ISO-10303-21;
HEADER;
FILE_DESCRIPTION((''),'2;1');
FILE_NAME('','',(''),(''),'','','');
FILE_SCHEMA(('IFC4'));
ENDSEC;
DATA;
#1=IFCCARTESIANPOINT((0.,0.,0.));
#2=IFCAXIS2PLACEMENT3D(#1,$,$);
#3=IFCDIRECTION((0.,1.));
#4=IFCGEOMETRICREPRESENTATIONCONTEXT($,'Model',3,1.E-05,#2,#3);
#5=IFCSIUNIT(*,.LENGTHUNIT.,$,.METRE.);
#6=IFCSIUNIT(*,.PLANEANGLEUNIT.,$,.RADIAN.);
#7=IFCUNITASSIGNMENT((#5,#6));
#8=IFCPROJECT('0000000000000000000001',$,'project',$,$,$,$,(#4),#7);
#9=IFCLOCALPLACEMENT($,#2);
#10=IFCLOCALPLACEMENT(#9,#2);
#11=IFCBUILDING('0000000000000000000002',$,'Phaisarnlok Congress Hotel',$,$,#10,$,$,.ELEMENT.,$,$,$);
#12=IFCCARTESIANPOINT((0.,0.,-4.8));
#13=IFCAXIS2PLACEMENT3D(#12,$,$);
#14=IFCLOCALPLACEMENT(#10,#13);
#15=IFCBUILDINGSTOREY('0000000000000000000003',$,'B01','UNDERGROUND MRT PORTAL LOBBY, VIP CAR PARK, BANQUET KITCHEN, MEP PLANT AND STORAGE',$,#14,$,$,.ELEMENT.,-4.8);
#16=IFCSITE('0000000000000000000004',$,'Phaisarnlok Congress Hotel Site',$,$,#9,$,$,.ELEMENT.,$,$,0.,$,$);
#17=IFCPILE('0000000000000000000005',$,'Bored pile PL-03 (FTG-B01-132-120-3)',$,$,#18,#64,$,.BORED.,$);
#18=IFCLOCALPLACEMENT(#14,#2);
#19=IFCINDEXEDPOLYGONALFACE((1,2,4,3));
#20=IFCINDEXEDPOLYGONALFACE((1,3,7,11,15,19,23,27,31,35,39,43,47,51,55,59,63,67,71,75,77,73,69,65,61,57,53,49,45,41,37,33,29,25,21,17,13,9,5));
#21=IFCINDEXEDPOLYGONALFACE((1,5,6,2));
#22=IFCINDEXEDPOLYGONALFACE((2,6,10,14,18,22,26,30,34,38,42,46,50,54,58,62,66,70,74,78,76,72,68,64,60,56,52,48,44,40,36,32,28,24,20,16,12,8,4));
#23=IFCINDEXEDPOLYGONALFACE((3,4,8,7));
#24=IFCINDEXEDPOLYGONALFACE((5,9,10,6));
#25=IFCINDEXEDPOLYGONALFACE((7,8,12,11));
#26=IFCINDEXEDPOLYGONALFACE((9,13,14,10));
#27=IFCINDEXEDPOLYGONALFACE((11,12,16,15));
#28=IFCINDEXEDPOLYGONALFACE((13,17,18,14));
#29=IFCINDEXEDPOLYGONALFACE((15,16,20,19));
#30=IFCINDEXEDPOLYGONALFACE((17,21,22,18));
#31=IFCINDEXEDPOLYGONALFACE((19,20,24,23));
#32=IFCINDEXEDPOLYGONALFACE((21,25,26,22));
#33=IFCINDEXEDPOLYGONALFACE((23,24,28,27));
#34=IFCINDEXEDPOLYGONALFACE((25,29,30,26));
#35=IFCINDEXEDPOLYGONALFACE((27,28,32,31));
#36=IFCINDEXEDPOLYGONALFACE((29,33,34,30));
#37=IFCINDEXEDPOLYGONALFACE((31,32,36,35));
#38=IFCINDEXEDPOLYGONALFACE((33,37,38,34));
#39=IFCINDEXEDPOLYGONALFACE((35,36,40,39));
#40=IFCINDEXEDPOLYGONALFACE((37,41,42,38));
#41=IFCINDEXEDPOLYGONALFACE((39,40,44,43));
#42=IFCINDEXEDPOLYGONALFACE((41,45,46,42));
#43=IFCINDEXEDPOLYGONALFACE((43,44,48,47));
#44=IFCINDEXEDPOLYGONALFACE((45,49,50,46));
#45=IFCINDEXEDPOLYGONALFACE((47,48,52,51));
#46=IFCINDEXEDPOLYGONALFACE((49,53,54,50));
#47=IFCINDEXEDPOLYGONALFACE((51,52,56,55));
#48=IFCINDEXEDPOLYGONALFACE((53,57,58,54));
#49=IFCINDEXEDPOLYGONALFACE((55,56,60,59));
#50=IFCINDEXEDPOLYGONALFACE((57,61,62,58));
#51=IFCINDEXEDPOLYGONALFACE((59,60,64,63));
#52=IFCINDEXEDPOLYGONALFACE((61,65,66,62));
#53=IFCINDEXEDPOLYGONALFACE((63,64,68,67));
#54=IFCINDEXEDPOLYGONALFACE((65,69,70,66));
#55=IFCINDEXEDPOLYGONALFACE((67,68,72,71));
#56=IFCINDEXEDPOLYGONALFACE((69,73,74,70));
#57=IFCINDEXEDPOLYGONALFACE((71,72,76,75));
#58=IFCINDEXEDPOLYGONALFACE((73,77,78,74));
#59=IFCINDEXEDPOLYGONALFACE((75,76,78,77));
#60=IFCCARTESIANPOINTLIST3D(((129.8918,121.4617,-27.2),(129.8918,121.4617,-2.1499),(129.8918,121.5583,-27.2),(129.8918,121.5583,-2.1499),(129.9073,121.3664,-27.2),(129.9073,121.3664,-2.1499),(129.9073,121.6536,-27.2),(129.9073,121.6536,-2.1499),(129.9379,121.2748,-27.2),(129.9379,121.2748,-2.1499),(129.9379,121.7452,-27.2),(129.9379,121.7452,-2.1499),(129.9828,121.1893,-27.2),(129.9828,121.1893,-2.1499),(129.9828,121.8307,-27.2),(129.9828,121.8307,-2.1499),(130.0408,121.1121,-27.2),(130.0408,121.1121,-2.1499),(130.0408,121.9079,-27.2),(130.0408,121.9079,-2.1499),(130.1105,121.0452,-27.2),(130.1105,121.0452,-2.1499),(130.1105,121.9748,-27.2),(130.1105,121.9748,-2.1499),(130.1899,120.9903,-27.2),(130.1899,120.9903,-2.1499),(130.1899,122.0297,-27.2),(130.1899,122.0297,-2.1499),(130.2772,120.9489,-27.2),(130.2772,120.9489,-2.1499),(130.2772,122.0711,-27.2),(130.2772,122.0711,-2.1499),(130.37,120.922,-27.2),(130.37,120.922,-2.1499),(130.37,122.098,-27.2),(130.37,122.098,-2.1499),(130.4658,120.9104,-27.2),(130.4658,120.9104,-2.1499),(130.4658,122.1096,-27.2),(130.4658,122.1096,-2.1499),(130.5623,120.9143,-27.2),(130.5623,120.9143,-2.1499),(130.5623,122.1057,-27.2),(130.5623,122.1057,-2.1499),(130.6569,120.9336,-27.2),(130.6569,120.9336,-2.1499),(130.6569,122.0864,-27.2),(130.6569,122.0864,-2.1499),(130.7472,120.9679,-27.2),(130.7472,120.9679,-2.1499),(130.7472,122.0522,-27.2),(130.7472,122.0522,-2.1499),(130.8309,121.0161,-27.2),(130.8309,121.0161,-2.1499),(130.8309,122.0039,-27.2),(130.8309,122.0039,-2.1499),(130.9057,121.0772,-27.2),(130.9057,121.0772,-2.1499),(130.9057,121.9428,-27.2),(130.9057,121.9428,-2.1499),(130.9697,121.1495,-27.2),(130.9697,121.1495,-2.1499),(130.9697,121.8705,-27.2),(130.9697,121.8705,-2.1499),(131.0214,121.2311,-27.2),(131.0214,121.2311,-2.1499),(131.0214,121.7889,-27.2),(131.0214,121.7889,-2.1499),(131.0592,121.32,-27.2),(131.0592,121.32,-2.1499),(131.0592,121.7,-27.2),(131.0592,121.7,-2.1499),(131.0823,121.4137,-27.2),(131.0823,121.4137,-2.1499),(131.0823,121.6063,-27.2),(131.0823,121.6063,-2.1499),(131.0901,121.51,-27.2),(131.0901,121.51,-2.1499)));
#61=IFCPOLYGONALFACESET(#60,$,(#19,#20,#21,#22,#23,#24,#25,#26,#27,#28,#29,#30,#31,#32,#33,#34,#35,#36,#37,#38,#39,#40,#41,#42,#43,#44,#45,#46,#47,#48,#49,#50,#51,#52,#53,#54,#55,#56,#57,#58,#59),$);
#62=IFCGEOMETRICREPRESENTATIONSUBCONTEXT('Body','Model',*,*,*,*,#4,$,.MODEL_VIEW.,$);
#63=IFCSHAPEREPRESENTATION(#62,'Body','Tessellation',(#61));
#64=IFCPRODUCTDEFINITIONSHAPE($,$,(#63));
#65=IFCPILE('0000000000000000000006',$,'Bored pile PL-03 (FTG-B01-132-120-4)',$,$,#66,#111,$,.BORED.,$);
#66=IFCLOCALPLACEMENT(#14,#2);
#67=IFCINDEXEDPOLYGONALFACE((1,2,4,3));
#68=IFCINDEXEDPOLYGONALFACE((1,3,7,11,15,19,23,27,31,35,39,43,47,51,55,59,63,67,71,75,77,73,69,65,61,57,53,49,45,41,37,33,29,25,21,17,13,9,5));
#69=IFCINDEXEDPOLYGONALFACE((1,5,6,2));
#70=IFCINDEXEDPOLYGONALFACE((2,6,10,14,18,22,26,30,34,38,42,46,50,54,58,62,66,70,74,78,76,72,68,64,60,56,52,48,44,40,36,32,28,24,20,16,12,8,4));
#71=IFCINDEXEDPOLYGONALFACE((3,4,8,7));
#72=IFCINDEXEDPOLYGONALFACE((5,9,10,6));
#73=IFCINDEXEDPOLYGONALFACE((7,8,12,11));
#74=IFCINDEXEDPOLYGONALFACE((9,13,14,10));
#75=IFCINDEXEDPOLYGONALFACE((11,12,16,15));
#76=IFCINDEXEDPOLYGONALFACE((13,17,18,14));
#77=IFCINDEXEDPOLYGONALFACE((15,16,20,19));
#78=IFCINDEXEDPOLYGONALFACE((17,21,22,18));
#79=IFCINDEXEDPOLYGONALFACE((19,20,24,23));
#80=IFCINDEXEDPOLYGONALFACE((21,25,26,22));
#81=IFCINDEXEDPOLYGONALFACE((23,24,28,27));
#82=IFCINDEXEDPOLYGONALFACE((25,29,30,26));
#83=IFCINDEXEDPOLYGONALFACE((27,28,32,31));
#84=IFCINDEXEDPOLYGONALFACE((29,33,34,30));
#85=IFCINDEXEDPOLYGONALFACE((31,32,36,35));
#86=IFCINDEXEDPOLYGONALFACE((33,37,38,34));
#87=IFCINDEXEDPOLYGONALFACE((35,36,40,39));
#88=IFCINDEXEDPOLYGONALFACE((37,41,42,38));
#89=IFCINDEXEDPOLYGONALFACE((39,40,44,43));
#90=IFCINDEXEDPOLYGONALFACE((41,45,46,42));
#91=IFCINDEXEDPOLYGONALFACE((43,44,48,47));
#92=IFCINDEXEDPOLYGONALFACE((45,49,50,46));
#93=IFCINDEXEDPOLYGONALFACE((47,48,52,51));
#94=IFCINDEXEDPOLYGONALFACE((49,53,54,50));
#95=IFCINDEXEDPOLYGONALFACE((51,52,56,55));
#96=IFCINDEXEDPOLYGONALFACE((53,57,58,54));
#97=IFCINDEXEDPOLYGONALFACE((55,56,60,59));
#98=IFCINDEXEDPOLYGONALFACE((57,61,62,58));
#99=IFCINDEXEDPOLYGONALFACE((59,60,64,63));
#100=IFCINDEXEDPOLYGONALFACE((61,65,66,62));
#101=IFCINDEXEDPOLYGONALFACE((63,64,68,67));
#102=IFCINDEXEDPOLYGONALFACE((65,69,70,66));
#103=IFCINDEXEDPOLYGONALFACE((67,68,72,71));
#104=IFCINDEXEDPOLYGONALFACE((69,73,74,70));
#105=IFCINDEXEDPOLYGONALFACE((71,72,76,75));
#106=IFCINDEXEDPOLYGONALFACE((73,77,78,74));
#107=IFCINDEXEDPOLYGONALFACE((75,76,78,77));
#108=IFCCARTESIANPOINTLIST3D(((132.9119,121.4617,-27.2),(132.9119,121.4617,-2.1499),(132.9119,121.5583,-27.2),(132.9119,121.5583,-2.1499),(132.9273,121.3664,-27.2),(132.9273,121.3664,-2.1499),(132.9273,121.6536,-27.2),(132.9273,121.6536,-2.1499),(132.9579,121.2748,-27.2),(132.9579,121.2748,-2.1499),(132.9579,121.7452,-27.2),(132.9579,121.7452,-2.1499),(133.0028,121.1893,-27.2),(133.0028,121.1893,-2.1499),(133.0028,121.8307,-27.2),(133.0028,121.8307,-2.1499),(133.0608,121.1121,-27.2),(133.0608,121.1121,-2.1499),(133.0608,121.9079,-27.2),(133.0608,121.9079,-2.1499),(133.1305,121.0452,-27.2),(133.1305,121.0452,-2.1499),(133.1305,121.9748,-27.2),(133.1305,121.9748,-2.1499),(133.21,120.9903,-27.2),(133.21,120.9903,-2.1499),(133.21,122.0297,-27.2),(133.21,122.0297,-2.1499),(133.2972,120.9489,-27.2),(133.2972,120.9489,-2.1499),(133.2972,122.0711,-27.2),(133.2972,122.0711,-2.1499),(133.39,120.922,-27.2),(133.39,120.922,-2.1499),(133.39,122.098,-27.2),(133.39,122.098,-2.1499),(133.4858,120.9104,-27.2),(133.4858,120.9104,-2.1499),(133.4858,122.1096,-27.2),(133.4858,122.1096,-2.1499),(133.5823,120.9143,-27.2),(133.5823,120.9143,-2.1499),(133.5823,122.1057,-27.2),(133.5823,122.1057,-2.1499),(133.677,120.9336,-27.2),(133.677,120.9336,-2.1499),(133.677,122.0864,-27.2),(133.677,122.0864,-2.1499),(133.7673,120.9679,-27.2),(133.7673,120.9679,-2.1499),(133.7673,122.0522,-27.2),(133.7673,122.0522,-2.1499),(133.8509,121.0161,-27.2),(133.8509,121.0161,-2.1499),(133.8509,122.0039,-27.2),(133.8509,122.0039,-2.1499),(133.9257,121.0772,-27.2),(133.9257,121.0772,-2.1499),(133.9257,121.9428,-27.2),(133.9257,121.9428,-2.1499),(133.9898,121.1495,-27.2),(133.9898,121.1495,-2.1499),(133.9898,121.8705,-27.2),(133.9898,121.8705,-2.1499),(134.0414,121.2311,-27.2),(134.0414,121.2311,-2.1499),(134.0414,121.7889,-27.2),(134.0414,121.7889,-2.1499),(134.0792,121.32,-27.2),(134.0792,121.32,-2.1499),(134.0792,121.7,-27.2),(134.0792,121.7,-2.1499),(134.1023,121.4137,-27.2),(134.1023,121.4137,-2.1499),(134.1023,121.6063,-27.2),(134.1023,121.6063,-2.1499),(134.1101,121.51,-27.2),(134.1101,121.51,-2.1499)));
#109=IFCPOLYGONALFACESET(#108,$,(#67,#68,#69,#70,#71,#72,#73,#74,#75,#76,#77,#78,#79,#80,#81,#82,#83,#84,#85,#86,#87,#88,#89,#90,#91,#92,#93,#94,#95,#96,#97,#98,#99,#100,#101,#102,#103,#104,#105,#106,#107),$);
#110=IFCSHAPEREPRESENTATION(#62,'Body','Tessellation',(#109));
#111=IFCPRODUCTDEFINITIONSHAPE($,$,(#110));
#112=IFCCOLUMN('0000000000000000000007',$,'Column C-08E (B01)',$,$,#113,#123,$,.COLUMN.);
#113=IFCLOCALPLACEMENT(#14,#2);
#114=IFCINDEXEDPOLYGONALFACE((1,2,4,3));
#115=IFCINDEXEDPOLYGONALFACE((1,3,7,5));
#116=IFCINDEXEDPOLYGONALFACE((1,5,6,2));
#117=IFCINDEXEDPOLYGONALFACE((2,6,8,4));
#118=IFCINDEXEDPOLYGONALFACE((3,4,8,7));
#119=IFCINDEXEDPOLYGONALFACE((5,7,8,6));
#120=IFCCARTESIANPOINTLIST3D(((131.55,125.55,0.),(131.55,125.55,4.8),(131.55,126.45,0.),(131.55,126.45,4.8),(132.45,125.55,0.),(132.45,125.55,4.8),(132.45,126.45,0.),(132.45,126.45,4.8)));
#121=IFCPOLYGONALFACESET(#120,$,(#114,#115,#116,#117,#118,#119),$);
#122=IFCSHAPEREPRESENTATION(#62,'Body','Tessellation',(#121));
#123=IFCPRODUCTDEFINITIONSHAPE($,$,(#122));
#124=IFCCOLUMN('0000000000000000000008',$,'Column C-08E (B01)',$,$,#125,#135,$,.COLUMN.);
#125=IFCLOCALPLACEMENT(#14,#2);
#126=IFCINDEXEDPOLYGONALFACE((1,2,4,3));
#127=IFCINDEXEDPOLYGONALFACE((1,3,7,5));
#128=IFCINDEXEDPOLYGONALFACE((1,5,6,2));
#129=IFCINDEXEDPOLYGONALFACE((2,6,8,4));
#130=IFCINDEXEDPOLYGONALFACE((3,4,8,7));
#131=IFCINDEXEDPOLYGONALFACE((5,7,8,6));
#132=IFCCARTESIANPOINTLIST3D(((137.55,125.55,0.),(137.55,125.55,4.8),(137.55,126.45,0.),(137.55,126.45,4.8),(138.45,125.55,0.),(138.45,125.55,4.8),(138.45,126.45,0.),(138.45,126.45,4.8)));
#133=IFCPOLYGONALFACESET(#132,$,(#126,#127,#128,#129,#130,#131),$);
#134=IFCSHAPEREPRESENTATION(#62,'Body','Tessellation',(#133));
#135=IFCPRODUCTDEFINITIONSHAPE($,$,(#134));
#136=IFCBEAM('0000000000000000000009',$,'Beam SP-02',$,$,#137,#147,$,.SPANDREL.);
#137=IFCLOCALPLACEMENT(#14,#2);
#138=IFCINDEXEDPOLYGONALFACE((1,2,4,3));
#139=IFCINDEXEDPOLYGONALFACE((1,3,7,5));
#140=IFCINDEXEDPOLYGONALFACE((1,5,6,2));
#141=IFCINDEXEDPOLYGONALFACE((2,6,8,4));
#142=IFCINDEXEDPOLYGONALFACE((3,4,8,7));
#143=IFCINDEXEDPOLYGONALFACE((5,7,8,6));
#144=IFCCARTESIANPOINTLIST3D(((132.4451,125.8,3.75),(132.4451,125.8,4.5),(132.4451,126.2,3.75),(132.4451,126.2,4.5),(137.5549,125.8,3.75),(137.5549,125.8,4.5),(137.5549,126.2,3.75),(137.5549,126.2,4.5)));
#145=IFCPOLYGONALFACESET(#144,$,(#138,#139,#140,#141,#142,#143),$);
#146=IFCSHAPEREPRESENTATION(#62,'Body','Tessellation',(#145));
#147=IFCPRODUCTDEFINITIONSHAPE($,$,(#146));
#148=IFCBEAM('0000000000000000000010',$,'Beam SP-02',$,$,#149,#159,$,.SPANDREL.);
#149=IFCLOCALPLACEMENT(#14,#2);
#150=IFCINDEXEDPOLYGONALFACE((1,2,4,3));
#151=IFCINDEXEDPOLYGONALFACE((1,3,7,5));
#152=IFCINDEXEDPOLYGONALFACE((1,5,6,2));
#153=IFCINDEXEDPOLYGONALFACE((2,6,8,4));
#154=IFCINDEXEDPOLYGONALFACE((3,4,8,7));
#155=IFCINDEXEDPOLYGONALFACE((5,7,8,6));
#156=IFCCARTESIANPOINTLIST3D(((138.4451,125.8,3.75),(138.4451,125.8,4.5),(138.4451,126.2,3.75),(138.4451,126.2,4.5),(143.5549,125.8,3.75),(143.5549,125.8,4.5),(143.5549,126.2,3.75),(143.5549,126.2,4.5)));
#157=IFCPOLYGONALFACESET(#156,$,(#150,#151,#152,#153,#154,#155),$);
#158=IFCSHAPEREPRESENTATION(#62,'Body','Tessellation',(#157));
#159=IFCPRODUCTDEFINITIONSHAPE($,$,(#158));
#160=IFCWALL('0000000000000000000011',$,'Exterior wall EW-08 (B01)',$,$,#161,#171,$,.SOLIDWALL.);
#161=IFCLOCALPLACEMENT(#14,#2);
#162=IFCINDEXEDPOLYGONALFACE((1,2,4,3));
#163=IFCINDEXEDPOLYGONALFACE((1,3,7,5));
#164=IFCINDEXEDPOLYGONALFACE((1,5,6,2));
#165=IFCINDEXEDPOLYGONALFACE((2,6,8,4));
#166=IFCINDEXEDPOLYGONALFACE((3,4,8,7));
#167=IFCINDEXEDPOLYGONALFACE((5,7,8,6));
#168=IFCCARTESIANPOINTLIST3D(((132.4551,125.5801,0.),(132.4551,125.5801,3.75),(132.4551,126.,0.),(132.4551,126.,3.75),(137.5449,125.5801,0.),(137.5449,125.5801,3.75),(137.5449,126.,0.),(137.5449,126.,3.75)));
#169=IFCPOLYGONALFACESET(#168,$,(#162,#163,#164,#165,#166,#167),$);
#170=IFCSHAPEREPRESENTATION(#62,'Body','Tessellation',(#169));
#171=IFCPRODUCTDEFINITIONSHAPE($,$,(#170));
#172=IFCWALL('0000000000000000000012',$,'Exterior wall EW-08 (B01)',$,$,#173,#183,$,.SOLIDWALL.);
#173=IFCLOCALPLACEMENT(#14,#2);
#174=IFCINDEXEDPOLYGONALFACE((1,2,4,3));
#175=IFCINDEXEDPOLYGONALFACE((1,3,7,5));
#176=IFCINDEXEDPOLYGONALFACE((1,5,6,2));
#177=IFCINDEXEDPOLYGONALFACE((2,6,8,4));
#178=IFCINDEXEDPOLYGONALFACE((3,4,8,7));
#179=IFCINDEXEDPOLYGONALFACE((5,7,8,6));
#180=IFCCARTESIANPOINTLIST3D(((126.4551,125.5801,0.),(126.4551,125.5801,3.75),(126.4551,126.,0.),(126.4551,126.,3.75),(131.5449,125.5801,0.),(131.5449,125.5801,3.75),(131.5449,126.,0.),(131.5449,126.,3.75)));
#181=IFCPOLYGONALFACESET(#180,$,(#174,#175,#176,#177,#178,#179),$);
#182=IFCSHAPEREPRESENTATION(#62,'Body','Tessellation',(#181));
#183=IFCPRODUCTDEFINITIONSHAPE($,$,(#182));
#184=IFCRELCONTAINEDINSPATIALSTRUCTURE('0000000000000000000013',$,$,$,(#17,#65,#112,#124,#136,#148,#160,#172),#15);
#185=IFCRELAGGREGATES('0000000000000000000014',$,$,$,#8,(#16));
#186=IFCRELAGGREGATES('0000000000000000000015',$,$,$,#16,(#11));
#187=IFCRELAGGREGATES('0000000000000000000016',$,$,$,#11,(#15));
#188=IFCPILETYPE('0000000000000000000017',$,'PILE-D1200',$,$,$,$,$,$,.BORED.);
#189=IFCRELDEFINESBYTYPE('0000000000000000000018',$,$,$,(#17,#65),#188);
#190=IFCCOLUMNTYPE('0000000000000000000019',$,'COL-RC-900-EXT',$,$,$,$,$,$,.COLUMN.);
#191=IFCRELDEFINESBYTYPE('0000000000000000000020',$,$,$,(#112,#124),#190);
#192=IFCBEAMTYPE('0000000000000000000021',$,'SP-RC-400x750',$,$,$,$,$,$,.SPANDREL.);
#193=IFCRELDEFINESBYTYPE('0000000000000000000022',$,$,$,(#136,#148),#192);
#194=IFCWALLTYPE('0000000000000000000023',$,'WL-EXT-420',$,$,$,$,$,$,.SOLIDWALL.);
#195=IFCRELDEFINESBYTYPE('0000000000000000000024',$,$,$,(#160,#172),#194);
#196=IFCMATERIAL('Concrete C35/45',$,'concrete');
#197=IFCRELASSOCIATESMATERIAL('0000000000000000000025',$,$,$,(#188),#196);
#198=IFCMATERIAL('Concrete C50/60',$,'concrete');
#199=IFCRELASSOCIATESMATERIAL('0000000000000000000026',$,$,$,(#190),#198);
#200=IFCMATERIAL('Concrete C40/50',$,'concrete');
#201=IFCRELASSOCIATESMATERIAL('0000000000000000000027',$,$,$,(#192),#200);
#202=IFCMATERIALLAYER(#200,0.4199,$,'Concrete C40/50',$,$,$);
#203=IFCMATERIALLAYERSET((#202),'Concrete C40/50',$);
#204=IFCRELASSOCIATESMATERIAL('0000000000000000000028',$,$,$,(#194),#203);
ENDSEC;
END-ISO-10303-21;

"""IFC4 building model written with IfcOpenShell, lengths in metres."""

from ifc_helpers import new_model, si_unit, direction, frame, frame_2d, origin, origin_2d, place, context, subcontext, project, spatial, rectangle, circle, extrude, material, layer, layer_set, material_profile, profile_set, type_object, element, save


model = new_model("IFC4")

# Units and contexts
model_context = context("Model", 3, precision=1e-05, world=origin(), true_north=direction((0.0, 1.0)))
body_context = subcontext(model_context, "Body", "Model", "MODEL_VIEW")
ifc_project = project(units=[si_unit("LENGTHUNIT", "METRE"), si_unit("PLANEANGLEUNIT", "RADIAN")], contexts=[model_context])

# Site, building, storey
site_placement = place(None, origin())
site = spatial("IfcSite", under=ifc_project, at=site_placement, Name="Phaisarnlok Congress Hotel Site", CompositionType="ELEMENT", RefElevation=0.0)
building_placement = place(site_placement, origin())
building = spatial("IfcBuilding", under=site, at=building_placement, Name="Phaisarnlok Congress Hotel", CompositionType="ELEMENT")
storey_placement = place(building_placement, frame((0.0, 0.0, -4.8)))
storey = spatial("IfcBuildingStorey", under=building, at=storey_placement, Name="B01", Description="UNDERGROUND MRT PORTAL LOBBY, VIP CAR PARK, BANQUET KITCHEN, MEP PLANT AND STORAGE", CompositionType="ELEMENT", Elevation=-4.8)

# Shared definitions
ifc_material_1 = material(Name="Concrete C40/50", Category="concrete")

# Piles
ifc_material_2 = material(Name="Concrete C35/45", Category="concrete")
ifc_material_profile_1 = material_profile(ifc_material_2, circle(Radius=0.6001, at=origin_2d()), Name="BORED PILE D1200")
ifc_profile_set_1 = profile_set([ifc_material_profile_1], Name="Concrete C35/45")
pile_type_1 = type_object("IfcPileType", Name="PILE-D1200", PredefinedType="BORED", material=ifc_profile_set_1)
for number, where, z_axis, x_axis, name in (
    (1, (130.49, 121.51, -2.1499), (0.0, 0.0, -1.0), (1.0, 0.0, 0.0), "Bored pile PL-03 (FTG-B01-132-120-3)"),
    (2, (133.51, 121.51, -2.1499), (0.0, 0.0, -1.0), (1.0, 0.0, 0.0), "Bored pile PL-03 (FTG-B01-132-120-4)"),
):
    element("IfcPile", number, at=place(storey_placement, frame(where, z_axis=z_axis, x_axis=x_axis)), inside=storey, type_object=pile_type_1, Name=name, PredefinedType="BORED", context=body_context, shape_type="SweptSolid", body=[
        extrude(circle(Radius=0.6001, at=origin_2d()), origin(), (0.0, 0.0, 1.0), 25.05),
    ])

# Columns
ifc_material_3 = material(Name="Concrete C50/60", Category="concrete")
ifc_material_profile_2 = material_profile(ifc_material_3, rectangle(XDim=0.8999, YDim=0.8999, at=origin_2d()), Name="RC 900x900")
ifc_profile_set_2 = profile_set([ifc_material_profile_2], Name="Concrete C50/60")
column_type = type_object("IfcColumnType", Name="COL-RC-900-EXT", PredefinedType="COLUMN", material=ifc_profile_set_2)
for number, where, z_axis, x_axis, name in (
    (3, (132.0, 126.0, 0.0), (0.0, 0.0, 1.0), (1.0, 0.0, 0.0), "Column C-08E (B01)"),
    (4, (138.0, 126.0, 0.0), (0.0, 0.0, 1.0), (1.0, 0.0, 0.0), "Column C-08E (B01)"),
):
    element("IfcColumn", number, at=place(storey_placement, frame(where, z_axis=z_axis, x_axis=x_axis)), inside=storey, type_object=column_type, Name=name, PredefinedType="COLUMN", context=body_context, shape_type="SweptSolid", body=[
        extrude(rectangle(XDim=0.8999, YDim=0.8999, at=origin_2d()), origin(), (0.0, 0.0, 1.0), 4.8),
    ])

# Beams
ifc_material_profile_3 = material_profile(ifc_material_1, rectangle(XDim=0.3999, YDim=0.75, at=origin_2d()), Name="RC 400x750")
ifc_profile_set_3 = profile_set([ifc_material_profile_3], Name="Concrete C40/50")
beam_type = type_object("IfcBeamType", Name="SP-RC-400x750", PredefinedType="SPANDREL", material=ifc_profile_set_3)
for number, where, z_axis, x_axis, name in (
    (5, (132.4451, 126.0, 4.125), (1.0, 0.0, 0.0), (0.0, 1.0, 0.0), "Beam SP-02"),
    (6, (138.4451, 126.0, 4.125), (1.0, 0.0, 0.0), (0.0, 1.0, 0.0), "Beam SP-02"),
):
    element("IfcBeam", number, at=place(storey_placement, frame(where, z_axis=z_axis, x_axis=x_axis)), inside=storey, type_object=beam_type, Name=name, PredefinedType="SPANDREL", context=body_context, shape_type="SweptSolid", body=[
        extrude(rectangle(XDim=0.3999, YDim=0.75, at=origin_2d()), origin(), (0.0, 0.0, 1.0), 5.1099),
    ])

# Walls
ifc_layer = layer(ifc_material_1, 0.4199, Name="Concrete C40/50")
ifc_layer_set = layer_set([ifc_layer], Name="Concrete C40/50")
wall_type = type_object("IfcWallType", Name="WL-EXT-420", PredefinedType="SOLIDWALL", material=ifc_layer_set)
for number, where, z_axis, x_axis, name in (
    (7, (137.5449, 125.79, 0.0), (0.0, 0.0, 1.0), (-1.0, 0.0, 0.0), "Exterior wall EW-08 (B01)"),
    (8, (131.5449, 125.79, 0.0), (0.0, 0.0, 1.0), (-1.0, 0.0, 0.0), "Exterior wall EW-08 (B01)"),
):
    element("IfcWall", number, at=place(storey_placement, frame(where, z_axis=z_axis, x_axis=x_axis)), inside=storey, type_object=wall_type, Name=name, PredefinedType="SOLIDWALL", context=body_context, shape_type="SweptSolid", body=[
        extrude(rectangle(XDim=5.0898, YDim=0.4199, at=frame_2d((2.5449, 0.0))), origin(), (0.0, 0.0, 1.0), 3.75),
    ])

save(model, "model.ifc")
